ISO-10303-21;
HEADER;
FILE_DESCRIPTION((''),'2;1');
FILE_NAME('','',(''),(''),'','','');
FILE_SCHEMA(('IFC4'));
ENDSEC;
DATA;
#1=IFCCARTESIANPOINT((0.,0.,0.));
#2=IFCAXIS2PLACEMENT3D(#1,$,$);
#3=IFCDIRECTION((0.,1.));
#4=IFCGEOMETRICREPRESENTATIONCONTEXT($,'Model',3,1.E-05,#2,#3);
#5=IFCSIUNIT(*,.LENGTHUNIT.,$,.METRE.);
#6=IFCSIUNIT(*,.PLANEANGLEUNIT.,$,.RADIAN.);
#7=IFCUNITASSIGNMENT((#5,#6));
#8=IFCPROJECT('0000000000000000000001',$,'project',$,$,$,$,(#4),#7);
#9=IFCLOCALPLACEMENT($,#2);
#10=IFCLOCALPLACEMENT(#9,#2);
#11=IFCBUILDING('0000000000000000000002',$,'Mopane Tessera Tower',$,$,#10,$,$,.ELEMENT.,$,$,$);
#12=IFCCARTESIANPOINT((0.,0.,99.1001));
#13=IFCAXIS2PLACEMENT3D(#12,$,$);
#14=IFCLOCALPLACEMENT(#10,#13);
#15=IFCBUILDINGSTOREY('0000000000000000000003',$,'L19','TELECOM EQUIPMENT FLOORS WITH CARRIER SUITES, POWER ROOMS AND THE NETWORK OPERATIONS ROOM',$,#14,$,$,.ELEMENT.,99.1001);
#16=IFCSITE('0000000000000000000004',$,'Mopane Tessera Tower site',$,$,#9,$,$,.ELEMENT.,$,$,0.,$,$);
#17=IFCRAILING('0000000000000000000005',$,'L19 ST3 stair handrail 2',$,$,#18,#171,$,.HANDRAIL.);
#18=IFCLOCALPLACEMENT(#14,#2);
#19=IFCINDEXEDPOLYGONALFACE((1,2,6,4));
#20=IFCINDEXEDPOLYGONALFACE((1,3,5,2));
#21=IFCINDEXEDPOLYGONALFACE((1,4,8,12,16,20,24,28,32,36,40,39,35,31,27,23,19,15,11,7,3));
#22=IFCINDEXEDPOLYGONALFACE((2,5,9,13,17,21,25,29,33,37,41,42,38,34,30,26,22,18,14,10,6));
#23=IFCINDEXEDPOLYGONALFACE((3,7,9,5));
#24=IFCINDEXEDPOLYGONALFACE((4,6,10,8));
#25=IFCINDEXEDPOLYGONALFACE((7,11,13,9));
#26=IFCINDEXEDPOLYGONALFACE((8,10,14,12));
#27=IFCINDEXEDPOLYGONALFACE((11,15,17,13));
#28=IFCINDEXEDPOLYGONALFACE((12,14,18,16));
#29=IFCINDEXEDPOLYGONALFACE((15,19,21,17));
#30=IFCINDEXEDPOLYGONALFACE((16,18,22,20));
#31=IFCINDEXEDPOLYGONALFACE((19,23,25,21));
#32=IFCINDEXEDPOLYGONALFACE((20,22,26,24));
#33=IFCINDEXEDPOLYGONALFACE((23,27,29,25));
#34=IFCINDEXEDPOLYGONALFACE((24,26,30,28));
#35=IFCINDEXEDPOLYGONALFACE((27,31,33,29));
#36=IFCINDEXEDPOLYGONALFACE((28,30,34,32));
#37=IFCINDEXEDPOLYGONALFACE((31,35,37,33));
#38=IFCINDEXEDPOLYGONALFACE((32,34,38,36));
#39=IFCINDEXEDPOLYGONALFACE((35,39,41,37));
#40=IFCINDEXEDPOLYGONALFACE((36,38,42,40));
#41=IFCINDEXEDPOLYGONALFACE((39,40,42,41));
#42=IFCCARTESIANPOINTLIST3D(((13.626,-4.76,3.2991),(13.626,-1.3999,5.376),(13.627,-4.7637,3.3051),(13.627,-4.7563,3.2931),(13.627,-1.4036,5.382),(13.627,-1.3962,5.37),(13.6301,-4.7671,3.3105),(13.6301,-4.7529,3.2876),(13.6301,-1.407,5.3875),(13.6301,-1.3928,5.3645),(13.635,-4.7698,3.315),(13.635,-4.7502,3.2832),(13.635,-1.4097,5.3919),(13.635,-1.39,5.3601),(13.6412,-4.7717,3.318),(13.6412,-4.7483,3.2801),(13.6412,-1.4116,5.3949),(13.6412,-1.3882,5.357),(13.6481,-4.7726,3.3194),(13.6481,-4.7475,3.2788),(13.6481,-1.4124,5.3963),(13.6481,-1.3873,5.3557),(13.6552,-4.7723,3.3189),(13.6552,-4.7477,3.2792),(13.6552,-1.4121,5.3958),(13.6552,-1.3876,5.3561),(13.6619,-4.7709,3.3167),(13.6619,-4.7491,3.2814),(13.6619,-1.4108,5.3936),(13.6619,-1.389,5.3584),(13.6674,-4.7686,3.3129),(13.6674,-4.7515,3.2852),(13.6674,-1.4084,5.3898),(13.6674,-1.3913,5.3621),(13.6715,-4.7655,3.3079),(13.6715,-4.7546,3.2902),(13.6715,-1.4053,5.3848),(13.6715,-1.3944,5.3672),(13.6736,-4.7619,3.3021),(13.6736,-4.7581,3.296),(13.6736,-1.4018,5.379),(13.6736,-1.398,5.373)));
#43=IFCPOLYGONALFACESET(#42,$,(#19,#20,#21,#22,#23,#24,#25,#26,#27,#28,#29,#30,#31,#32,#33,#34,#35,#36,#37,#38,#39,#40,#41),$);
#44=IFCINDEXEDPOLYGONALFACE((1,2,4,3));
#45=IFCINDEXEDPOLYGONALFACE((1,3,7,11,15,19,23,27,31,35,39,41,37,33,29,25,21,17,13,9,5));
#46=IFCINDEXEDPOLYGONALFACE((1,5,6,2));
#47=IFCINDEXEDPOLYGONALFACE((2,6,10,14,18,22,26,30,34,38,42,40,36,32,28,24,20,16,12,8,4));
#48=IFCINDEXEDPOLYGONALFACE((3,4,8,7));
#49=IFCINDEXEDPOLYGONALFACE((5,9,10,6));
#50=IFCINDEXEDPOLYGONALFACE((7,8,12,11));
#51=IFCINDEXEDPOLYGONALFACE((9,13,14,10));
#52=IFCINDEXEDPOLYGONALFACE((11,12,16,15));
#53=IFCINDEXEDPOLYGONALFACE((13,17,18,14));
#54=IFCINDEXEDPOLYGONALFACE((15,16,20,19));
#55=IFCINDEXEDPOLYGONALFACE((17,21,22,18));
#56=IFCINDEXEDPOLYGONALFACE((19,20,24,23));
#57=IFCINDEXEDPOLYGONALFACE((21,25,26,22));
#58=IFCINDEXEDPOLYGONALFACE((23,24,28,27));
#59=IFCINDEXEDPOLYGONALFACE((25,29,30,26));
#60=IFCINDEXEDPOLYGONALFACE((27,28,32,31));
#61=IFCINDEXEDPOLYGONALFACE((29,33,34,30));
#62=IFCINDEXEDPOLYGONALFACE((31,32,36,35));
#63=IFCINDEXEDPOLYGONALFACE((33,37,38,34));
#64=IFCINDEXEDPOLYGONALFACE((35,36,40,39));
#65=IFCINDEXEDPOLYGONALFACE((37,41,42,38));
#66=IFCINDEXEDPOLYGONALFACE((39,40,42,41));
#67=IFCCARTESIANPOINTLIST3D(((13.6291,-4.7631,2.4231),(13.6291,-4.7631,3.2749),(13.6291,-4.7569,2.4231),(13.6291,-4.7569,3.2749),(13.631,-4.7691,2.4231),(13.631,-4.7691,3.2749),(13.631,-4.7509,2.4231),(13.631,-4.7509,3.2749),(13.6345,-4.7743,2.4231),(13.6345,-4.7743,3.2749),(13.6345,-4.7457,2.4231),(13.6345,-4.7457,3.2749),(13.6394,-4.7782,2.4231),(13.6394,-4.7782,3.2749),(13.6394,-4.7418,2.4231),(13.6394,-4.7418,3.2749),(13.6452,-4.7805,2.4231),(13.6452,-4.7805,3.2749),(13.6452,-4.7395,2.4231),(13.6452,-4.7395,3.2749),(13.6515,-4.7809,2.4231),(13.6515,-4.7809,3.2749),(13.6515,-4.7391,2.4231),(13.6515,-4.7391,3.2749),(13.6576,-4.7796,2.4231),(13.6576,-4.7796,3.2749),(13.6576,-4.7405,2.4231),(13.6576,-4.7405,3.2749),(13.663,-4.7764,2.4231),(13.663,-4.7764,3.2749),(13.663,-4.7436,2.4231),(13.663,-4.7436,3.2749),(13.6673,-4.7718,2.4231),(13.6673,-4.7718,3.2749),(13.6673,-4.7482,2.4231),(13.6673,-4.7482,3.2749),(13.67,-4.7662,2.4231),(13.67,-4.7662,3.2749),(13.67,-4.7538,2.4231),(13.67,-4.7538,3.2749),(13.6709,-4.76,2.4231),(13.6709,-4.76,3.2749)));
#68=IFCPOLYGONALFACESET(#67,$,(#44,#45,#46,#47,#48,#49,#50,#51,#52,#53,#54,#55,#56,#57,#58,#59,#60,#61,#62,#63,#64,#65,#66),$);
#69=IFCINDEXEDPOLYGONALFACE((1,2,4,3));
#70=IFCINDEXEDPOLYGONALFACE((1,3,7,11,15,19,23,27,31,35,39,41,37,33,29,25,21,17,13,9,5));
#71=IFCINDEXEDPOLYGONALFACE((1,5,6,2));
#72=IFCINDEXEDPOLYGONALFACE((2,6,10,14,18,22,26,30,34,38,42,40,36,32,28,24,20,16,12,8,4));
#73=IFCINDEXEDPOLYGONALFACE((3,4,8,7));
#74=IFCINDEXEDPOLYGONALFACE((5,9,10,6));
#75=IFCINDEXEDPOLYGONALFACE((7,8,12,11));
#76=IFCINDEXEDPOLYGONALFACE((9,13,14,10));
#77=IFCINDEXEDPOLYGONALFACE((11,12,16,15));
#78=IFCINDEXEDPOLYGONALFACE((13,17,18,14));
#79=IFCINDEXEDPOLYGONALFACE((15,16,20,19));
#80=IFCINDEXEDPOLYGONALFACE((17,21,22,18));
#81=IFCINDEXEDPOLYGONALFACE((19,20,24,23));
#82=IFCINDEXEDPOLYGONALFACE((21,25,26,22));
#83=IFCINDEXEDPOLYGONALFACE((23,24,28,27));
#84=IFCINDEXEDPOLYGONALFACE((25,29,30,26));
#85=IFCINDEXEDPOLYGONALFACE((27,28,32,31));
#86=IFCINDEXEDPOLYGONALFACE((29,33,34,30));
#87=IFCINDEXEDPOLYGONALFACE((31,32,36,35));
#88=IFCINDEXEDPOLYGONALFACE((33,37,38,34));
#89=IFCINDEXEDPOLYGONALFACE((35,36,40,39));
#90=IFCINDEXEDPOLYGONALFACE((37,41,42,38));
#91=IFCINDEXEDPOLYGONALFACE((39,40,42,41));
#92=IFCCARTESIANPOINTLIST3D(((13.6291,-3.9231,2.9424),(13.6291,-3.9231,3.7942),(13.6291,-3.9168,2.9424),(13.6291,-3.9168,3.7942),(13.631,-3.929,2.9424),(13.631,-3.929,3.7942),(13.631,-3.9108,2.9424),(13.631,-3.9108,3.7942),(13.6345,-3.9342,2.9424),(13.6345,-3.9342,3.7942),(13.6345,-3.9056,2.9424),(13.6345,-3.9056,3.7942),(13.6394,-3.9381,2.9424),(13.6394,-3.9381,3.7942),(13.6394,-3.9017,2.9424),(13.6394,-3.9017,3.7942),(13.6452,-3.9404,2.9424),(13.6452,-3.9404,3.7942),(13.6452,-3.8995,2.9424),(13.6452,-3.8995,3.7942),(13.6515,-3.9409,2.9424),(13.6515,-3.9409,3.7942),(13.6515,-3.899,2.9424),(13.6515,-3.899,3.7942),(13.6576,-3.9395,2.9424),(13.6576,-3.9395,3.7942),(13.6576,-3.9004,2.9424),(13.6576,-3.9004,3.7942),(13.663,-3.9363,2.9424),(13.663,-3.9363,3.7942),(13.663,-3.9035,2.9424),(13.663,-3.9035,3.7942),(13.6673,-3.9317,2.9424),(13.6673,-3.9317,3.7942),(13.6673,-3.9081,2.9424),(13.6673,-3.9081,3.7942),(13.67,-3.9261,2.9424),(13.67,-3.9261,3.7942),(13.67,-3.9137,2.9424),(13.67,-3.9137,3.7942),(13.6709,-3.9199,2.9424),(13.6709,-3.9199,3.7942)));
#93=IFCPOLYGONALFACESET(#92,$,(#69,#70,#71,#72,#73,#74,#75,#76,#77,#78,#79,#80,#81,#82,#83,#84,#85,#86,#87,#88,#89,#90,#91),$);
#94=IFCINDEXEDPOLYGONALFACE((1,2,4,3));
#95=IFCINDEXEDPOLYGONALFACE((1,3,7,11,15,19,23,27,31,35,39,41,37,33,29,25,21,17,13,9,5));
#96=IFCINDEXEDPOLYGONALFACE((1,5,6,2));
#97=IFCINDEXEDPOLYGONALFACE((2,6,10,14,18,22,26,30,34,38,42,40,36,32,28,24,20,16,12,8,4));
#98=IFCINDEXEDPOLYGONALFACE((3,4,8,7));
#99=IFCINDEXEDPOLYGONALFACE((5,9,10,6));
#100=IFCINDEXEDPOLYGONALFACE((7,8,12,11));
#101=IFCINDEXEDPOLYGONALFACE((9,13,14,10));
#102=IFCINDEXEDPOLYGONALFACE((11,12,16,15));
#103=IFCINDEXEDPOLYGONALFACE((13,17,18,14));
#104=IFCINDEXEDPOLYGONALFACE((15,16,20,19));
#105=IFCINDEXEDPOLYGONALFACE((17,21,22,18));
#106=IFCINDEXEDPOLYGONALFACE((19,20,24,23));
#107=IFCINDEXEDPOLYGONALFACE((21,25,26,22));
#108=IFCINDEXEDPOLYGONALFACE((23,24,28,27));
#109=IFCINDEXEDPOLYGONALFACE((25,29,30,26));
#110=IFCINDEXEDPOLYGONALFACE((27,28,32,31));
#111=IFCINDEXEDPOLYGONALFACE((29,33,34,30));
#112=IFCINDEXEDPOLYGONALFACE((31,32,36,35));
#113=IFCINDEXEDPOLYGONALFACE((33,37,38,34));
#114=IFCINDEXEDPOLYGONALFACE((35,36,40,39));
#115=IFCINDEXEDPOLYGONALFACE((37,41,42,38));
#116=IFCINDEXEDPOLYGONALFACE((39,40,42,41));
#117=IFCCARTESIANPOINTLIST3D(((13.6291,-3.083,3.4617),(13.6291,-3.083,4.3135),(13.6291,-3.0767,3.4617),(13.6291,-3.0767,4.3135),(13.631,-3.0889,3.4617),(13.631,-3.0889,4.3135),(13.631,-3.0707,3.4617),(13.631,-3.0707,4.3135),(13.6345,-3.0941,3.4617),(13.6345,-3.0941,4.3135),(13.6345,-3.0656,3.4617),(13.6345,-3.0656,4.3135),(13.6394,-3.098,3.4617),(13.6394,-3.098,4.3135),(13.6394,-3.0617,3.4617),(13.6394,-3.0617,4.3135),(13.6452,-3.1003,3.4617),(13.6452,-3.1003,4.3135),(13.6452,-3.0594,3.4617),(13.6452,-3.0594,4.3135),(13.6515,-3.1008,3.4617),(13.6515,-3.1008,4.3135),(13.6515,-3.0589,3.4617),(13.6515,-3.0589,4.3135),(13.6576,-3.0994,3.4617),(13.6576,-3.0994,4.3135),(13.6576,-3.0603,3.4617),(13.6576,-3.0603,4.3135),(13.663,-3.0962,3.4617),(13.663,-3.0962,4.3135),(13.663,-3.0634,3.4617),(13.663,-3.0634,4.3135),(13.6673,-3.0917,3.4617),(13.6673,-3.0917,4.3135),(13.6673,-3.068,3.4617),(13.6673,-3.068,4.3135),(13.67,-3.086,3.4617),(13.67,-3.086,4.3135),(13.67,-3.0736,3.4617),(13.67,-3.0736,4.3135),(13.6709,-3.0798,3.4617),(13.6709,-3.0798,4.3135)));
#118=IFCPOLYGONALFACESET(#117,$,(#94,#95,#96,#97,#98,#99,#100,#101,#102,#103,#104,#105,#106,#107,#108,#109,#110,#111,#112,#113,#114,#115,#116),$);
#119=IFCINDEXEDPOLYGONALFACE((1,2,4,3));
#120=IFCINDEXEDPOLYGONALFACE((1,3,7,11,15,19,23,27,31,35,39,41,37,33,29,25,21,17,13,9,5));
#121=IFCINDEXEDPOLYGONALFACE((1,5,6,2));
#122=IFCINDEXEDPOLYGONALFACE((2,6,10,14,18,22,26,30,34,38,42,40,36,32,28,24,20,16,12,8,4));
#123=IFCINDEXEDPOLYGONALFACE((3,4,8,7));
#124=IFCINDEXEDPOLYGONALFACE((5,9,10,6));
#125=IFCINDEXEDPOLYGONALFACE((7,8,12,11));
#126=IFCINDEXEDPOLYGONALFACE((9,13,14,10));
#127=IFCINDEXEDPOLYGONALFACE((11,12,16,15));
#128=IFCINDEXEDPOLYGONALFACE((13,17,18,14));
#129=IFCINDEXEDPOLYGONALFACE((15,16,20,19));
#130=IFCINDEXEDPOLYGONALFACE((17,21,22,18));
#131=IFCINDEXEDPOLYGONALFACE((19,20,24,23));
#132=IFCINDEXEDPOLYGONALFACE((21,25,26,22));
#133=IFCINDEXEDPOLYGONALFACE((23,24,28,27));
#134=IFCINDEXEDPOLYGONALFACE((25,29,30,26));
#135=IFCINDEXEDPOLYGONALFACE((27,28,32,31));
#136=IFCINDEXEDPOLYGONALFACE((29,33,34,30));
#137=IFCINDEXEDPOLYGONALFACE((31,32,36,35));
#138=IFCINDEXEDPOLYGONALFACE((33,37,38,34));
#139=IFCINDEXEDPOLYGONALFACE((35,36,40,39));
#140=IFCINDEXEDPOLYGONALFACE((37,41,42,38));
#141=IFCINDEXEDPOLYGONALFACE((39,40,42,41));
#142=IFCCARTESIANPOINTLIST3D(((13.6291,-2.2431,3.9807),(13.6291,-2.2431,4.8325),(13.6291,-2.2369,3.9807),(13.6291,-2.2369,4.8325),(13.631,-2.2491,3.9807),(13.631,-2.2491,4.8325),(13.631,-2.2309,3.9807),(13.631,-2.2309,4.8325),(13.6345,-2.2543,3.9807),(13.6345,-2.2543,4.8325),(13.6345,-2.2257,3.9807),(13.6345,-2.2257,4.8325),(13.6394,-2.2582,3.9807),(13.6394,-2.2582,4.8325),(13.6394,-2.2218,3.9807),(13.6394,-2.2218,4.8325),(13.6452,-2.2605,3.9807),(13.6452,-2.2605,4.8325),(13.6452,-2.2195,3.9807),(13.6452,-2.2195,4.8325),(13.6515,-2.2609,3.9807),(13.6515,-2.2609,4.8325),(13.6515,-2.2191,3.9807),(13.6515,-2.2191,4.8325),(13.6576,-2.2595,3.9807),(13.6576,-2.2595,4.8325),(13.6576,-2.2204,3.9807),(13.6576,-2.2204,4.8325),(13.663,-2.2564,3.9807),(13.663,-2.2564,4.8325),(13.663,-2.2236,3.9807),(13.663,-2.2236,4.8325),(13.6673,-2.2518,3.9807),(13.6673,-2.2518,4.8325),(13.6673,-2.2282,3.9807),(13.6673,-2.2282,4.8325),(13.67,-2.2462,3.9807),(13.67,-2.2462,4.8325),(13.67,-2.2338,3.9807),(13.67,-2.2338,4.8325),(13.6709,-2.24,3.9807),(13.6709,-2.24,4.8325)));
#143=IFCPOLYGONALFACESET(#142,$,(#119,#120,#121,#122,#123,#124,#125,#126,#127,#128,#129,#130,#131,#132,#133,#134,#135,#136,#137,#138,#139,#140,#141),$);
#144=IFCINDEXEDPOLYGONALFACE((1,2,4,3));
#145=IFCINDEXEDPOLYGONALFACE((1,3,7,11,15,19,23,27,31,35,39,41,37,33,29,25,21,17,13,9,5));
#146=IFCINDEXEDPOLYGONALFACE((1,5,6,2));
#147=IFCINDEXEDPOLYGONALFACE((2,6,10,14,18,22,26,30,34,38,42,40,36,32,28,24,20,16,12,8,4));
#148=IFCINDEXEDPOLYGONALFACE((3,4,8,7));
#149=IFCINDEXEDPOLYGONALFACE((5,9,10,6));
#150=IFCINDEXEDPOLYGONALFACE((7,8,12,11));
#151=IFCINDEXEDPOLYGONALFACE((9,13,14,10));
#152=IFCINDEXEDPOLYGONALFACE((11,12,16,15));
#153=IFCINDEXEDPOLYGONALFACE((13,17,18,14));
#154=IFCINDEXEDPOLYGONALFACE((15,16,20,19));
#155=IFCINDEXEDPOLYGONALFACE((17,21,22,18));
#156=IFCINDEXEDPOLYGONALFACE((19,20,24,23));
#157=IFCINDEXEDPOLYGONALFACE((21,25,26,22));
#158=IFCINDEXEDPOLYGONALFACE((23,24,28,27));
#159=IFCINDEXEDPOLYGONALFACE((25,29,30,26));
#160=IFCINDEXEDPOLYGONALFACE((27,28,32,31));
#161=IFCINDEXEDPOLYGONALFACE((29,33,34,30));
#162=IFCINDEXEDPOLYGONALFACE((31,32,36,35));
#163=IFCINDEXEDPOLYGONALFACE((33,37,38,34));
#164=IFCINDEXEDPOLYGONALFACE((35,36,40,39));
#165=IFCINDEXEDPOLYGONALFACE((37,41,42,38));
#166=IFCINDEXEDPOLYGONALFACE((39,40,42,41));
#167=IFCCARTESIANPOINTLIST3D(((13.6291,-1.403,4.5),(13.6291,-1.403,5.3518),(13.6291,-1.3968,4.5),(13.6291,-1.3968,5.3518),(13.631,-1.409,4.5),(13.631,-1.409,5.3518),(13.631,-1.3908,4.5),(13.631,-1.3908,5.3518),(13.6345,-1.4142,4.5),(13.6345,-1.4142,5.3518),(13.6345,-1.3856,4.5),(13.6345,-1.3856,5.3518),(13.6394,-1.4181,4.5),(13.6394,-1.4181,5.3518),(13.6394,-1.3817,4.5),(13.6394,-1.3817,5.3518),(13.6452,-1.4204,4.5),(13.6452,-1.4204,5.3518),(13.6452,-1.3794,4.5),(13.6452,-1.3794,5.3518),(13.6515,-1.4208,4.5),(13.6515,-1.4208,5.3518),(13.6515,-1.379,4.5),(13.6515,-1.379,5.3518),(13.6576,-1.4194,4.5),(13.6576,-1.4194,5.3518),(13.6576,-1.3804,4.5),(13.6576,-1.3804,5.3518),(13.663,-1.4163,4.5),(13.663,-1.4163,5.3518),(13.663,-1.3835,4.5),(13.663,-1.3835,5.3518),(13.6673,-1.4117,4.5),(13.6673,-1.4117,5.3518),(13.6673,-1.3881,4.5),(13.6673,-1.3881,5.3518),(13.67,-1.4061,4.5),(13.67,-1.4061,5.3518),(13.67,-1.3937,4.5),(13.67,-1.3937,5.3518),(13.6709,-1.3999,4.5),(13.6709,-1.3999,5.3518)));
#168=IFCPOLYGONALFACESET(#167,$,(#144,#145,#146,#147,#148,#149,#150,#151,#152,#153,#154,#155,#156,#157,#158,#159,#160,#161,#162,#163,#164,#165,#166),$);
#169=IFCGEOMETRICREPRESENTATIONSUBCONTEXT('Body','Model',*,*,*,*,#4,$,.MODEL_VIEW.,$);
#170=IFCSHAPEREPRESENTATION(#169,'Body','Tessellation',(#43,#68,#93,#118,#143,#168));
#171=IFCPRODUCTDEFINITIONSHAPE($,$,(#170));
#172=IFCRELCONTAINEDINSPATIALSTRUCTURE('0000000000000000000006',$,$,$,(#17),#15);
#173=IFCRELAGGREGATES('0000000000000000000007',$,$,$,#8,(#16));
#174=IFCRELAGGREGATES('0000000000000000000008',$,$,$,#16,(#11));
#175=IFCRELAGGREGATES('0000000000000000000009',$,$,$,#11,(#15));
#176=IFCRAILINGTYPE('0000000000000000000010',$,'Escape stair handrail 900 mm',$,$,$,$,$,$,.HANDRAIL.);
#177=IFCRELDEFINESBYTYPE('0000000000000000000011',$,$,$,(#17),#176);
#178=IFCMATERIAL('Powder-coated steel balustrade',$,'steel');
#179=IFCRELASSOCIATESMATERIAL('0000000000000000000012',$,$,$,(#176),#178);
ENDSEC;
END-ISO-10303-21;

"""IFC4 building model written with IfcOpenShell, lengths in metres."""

from ifc_helpers import new_model, si_unit, direction, frame, origin, origin_2d, place, context, subcontext, project, spatial, circle, extrude, material, type_object, element, save


model = new_model("IFC4")

# Units and contexts
model_context = context("Model", 3, precision=1e-05, world=origin(), true_north=direction((0.0, 1.0)))
body_context = subcontext(model_context, "Body", "Model", "MODEL_VIEW")
ifc_project = project(units=[si_unit("LENGTHUNIT", "METRE"), si_unit("PLANEANGLEUNIT", "RADIAN")], contexts=[model_context])

# Site, building, storey
site_placement = place(None, origin())
site = spatial("IfcSite", under=ifc_project, at=site_placement, Name="Mopane Tessera Tower site", CompositionType="ELEMENT", RefElevation=0.0)
building_placement = place(site_placement, origin())
building = spatial("IfcBuilding", under=site, at=building_placement, Name="Mopane Tessera Tower", CompositionType="ELEMENT")
storey_placement = place(building_placement, frame((0.0, 0.0, 99.1001)))
storey = spatial("IfcBuildingStorey", under=building, at=storey_placement, Name="L19", Description="TELECOM EQUIPMENT FLOORS WITH CARRIER SUITES, POWER ROOMS AND THE NETWORK OPERATIONS ROOM", CompositionType="ELEMENT", Elevation=99.1001)

# Railing
ifc_material_1 = material(Name="Powder-coated steel balustrade", Category="steel")
railing_type_1 = type_object("IfcRailingType", Name="Escape stair handrail 900 mm", PredefinedType="HANDRAIL", material=ifc_material_1)
railing_1_placement = place(storey_placement, frame((13.6499, -4.76, 2.4231)))
element("IfcRailing", 1, at=railing_1_placement, inside=storey, type_object=railing_type_1, Name="L19 ST3 stair handrail 2", PredefinedType="HANDRAIL", context=body_context, shape_type="SweptSolid", body=[
    extrude(circle(Radius=0.0239, at=origin_2d()), frame((0.0, 0.0, 0.876), z_axis=(0.0, 0.850623, 0.525776), x_axis=(-1.0, 0.0, 0.0)), (0.0, 0.0, 1.0), 3.9502),
    extrude(circle(Radius=0.021, at=origin_2d()), origin(), (0.0, 0.0, 1.0), 0.8518),
    extrude(circle(Radius=0.021, at=origin_2d()), frame((0.0, 0.8401, 0.5193)), (0.0, 0.0, 1.0), 0.8518),
    extrude(circle(Radius=0.021, at=origin_2d()), frame((0.0, 1.6802, 1.0386)), (0.0, 0.0, 1.0), 0.8518),
    extrude(circle(Radius=0.021, at=origin_2d()), frame((0.0, 2.52, 1.5576)), (0.0, 0.0, 1.0), 0.8518),
    extrude(circle(Radius=0.021, at=origin_2d()), frame((0.0, 3.3601, 2.0769)), (0.0, 0.0, 1.0), 0.8518),
])

save(model, "model.ifc")
